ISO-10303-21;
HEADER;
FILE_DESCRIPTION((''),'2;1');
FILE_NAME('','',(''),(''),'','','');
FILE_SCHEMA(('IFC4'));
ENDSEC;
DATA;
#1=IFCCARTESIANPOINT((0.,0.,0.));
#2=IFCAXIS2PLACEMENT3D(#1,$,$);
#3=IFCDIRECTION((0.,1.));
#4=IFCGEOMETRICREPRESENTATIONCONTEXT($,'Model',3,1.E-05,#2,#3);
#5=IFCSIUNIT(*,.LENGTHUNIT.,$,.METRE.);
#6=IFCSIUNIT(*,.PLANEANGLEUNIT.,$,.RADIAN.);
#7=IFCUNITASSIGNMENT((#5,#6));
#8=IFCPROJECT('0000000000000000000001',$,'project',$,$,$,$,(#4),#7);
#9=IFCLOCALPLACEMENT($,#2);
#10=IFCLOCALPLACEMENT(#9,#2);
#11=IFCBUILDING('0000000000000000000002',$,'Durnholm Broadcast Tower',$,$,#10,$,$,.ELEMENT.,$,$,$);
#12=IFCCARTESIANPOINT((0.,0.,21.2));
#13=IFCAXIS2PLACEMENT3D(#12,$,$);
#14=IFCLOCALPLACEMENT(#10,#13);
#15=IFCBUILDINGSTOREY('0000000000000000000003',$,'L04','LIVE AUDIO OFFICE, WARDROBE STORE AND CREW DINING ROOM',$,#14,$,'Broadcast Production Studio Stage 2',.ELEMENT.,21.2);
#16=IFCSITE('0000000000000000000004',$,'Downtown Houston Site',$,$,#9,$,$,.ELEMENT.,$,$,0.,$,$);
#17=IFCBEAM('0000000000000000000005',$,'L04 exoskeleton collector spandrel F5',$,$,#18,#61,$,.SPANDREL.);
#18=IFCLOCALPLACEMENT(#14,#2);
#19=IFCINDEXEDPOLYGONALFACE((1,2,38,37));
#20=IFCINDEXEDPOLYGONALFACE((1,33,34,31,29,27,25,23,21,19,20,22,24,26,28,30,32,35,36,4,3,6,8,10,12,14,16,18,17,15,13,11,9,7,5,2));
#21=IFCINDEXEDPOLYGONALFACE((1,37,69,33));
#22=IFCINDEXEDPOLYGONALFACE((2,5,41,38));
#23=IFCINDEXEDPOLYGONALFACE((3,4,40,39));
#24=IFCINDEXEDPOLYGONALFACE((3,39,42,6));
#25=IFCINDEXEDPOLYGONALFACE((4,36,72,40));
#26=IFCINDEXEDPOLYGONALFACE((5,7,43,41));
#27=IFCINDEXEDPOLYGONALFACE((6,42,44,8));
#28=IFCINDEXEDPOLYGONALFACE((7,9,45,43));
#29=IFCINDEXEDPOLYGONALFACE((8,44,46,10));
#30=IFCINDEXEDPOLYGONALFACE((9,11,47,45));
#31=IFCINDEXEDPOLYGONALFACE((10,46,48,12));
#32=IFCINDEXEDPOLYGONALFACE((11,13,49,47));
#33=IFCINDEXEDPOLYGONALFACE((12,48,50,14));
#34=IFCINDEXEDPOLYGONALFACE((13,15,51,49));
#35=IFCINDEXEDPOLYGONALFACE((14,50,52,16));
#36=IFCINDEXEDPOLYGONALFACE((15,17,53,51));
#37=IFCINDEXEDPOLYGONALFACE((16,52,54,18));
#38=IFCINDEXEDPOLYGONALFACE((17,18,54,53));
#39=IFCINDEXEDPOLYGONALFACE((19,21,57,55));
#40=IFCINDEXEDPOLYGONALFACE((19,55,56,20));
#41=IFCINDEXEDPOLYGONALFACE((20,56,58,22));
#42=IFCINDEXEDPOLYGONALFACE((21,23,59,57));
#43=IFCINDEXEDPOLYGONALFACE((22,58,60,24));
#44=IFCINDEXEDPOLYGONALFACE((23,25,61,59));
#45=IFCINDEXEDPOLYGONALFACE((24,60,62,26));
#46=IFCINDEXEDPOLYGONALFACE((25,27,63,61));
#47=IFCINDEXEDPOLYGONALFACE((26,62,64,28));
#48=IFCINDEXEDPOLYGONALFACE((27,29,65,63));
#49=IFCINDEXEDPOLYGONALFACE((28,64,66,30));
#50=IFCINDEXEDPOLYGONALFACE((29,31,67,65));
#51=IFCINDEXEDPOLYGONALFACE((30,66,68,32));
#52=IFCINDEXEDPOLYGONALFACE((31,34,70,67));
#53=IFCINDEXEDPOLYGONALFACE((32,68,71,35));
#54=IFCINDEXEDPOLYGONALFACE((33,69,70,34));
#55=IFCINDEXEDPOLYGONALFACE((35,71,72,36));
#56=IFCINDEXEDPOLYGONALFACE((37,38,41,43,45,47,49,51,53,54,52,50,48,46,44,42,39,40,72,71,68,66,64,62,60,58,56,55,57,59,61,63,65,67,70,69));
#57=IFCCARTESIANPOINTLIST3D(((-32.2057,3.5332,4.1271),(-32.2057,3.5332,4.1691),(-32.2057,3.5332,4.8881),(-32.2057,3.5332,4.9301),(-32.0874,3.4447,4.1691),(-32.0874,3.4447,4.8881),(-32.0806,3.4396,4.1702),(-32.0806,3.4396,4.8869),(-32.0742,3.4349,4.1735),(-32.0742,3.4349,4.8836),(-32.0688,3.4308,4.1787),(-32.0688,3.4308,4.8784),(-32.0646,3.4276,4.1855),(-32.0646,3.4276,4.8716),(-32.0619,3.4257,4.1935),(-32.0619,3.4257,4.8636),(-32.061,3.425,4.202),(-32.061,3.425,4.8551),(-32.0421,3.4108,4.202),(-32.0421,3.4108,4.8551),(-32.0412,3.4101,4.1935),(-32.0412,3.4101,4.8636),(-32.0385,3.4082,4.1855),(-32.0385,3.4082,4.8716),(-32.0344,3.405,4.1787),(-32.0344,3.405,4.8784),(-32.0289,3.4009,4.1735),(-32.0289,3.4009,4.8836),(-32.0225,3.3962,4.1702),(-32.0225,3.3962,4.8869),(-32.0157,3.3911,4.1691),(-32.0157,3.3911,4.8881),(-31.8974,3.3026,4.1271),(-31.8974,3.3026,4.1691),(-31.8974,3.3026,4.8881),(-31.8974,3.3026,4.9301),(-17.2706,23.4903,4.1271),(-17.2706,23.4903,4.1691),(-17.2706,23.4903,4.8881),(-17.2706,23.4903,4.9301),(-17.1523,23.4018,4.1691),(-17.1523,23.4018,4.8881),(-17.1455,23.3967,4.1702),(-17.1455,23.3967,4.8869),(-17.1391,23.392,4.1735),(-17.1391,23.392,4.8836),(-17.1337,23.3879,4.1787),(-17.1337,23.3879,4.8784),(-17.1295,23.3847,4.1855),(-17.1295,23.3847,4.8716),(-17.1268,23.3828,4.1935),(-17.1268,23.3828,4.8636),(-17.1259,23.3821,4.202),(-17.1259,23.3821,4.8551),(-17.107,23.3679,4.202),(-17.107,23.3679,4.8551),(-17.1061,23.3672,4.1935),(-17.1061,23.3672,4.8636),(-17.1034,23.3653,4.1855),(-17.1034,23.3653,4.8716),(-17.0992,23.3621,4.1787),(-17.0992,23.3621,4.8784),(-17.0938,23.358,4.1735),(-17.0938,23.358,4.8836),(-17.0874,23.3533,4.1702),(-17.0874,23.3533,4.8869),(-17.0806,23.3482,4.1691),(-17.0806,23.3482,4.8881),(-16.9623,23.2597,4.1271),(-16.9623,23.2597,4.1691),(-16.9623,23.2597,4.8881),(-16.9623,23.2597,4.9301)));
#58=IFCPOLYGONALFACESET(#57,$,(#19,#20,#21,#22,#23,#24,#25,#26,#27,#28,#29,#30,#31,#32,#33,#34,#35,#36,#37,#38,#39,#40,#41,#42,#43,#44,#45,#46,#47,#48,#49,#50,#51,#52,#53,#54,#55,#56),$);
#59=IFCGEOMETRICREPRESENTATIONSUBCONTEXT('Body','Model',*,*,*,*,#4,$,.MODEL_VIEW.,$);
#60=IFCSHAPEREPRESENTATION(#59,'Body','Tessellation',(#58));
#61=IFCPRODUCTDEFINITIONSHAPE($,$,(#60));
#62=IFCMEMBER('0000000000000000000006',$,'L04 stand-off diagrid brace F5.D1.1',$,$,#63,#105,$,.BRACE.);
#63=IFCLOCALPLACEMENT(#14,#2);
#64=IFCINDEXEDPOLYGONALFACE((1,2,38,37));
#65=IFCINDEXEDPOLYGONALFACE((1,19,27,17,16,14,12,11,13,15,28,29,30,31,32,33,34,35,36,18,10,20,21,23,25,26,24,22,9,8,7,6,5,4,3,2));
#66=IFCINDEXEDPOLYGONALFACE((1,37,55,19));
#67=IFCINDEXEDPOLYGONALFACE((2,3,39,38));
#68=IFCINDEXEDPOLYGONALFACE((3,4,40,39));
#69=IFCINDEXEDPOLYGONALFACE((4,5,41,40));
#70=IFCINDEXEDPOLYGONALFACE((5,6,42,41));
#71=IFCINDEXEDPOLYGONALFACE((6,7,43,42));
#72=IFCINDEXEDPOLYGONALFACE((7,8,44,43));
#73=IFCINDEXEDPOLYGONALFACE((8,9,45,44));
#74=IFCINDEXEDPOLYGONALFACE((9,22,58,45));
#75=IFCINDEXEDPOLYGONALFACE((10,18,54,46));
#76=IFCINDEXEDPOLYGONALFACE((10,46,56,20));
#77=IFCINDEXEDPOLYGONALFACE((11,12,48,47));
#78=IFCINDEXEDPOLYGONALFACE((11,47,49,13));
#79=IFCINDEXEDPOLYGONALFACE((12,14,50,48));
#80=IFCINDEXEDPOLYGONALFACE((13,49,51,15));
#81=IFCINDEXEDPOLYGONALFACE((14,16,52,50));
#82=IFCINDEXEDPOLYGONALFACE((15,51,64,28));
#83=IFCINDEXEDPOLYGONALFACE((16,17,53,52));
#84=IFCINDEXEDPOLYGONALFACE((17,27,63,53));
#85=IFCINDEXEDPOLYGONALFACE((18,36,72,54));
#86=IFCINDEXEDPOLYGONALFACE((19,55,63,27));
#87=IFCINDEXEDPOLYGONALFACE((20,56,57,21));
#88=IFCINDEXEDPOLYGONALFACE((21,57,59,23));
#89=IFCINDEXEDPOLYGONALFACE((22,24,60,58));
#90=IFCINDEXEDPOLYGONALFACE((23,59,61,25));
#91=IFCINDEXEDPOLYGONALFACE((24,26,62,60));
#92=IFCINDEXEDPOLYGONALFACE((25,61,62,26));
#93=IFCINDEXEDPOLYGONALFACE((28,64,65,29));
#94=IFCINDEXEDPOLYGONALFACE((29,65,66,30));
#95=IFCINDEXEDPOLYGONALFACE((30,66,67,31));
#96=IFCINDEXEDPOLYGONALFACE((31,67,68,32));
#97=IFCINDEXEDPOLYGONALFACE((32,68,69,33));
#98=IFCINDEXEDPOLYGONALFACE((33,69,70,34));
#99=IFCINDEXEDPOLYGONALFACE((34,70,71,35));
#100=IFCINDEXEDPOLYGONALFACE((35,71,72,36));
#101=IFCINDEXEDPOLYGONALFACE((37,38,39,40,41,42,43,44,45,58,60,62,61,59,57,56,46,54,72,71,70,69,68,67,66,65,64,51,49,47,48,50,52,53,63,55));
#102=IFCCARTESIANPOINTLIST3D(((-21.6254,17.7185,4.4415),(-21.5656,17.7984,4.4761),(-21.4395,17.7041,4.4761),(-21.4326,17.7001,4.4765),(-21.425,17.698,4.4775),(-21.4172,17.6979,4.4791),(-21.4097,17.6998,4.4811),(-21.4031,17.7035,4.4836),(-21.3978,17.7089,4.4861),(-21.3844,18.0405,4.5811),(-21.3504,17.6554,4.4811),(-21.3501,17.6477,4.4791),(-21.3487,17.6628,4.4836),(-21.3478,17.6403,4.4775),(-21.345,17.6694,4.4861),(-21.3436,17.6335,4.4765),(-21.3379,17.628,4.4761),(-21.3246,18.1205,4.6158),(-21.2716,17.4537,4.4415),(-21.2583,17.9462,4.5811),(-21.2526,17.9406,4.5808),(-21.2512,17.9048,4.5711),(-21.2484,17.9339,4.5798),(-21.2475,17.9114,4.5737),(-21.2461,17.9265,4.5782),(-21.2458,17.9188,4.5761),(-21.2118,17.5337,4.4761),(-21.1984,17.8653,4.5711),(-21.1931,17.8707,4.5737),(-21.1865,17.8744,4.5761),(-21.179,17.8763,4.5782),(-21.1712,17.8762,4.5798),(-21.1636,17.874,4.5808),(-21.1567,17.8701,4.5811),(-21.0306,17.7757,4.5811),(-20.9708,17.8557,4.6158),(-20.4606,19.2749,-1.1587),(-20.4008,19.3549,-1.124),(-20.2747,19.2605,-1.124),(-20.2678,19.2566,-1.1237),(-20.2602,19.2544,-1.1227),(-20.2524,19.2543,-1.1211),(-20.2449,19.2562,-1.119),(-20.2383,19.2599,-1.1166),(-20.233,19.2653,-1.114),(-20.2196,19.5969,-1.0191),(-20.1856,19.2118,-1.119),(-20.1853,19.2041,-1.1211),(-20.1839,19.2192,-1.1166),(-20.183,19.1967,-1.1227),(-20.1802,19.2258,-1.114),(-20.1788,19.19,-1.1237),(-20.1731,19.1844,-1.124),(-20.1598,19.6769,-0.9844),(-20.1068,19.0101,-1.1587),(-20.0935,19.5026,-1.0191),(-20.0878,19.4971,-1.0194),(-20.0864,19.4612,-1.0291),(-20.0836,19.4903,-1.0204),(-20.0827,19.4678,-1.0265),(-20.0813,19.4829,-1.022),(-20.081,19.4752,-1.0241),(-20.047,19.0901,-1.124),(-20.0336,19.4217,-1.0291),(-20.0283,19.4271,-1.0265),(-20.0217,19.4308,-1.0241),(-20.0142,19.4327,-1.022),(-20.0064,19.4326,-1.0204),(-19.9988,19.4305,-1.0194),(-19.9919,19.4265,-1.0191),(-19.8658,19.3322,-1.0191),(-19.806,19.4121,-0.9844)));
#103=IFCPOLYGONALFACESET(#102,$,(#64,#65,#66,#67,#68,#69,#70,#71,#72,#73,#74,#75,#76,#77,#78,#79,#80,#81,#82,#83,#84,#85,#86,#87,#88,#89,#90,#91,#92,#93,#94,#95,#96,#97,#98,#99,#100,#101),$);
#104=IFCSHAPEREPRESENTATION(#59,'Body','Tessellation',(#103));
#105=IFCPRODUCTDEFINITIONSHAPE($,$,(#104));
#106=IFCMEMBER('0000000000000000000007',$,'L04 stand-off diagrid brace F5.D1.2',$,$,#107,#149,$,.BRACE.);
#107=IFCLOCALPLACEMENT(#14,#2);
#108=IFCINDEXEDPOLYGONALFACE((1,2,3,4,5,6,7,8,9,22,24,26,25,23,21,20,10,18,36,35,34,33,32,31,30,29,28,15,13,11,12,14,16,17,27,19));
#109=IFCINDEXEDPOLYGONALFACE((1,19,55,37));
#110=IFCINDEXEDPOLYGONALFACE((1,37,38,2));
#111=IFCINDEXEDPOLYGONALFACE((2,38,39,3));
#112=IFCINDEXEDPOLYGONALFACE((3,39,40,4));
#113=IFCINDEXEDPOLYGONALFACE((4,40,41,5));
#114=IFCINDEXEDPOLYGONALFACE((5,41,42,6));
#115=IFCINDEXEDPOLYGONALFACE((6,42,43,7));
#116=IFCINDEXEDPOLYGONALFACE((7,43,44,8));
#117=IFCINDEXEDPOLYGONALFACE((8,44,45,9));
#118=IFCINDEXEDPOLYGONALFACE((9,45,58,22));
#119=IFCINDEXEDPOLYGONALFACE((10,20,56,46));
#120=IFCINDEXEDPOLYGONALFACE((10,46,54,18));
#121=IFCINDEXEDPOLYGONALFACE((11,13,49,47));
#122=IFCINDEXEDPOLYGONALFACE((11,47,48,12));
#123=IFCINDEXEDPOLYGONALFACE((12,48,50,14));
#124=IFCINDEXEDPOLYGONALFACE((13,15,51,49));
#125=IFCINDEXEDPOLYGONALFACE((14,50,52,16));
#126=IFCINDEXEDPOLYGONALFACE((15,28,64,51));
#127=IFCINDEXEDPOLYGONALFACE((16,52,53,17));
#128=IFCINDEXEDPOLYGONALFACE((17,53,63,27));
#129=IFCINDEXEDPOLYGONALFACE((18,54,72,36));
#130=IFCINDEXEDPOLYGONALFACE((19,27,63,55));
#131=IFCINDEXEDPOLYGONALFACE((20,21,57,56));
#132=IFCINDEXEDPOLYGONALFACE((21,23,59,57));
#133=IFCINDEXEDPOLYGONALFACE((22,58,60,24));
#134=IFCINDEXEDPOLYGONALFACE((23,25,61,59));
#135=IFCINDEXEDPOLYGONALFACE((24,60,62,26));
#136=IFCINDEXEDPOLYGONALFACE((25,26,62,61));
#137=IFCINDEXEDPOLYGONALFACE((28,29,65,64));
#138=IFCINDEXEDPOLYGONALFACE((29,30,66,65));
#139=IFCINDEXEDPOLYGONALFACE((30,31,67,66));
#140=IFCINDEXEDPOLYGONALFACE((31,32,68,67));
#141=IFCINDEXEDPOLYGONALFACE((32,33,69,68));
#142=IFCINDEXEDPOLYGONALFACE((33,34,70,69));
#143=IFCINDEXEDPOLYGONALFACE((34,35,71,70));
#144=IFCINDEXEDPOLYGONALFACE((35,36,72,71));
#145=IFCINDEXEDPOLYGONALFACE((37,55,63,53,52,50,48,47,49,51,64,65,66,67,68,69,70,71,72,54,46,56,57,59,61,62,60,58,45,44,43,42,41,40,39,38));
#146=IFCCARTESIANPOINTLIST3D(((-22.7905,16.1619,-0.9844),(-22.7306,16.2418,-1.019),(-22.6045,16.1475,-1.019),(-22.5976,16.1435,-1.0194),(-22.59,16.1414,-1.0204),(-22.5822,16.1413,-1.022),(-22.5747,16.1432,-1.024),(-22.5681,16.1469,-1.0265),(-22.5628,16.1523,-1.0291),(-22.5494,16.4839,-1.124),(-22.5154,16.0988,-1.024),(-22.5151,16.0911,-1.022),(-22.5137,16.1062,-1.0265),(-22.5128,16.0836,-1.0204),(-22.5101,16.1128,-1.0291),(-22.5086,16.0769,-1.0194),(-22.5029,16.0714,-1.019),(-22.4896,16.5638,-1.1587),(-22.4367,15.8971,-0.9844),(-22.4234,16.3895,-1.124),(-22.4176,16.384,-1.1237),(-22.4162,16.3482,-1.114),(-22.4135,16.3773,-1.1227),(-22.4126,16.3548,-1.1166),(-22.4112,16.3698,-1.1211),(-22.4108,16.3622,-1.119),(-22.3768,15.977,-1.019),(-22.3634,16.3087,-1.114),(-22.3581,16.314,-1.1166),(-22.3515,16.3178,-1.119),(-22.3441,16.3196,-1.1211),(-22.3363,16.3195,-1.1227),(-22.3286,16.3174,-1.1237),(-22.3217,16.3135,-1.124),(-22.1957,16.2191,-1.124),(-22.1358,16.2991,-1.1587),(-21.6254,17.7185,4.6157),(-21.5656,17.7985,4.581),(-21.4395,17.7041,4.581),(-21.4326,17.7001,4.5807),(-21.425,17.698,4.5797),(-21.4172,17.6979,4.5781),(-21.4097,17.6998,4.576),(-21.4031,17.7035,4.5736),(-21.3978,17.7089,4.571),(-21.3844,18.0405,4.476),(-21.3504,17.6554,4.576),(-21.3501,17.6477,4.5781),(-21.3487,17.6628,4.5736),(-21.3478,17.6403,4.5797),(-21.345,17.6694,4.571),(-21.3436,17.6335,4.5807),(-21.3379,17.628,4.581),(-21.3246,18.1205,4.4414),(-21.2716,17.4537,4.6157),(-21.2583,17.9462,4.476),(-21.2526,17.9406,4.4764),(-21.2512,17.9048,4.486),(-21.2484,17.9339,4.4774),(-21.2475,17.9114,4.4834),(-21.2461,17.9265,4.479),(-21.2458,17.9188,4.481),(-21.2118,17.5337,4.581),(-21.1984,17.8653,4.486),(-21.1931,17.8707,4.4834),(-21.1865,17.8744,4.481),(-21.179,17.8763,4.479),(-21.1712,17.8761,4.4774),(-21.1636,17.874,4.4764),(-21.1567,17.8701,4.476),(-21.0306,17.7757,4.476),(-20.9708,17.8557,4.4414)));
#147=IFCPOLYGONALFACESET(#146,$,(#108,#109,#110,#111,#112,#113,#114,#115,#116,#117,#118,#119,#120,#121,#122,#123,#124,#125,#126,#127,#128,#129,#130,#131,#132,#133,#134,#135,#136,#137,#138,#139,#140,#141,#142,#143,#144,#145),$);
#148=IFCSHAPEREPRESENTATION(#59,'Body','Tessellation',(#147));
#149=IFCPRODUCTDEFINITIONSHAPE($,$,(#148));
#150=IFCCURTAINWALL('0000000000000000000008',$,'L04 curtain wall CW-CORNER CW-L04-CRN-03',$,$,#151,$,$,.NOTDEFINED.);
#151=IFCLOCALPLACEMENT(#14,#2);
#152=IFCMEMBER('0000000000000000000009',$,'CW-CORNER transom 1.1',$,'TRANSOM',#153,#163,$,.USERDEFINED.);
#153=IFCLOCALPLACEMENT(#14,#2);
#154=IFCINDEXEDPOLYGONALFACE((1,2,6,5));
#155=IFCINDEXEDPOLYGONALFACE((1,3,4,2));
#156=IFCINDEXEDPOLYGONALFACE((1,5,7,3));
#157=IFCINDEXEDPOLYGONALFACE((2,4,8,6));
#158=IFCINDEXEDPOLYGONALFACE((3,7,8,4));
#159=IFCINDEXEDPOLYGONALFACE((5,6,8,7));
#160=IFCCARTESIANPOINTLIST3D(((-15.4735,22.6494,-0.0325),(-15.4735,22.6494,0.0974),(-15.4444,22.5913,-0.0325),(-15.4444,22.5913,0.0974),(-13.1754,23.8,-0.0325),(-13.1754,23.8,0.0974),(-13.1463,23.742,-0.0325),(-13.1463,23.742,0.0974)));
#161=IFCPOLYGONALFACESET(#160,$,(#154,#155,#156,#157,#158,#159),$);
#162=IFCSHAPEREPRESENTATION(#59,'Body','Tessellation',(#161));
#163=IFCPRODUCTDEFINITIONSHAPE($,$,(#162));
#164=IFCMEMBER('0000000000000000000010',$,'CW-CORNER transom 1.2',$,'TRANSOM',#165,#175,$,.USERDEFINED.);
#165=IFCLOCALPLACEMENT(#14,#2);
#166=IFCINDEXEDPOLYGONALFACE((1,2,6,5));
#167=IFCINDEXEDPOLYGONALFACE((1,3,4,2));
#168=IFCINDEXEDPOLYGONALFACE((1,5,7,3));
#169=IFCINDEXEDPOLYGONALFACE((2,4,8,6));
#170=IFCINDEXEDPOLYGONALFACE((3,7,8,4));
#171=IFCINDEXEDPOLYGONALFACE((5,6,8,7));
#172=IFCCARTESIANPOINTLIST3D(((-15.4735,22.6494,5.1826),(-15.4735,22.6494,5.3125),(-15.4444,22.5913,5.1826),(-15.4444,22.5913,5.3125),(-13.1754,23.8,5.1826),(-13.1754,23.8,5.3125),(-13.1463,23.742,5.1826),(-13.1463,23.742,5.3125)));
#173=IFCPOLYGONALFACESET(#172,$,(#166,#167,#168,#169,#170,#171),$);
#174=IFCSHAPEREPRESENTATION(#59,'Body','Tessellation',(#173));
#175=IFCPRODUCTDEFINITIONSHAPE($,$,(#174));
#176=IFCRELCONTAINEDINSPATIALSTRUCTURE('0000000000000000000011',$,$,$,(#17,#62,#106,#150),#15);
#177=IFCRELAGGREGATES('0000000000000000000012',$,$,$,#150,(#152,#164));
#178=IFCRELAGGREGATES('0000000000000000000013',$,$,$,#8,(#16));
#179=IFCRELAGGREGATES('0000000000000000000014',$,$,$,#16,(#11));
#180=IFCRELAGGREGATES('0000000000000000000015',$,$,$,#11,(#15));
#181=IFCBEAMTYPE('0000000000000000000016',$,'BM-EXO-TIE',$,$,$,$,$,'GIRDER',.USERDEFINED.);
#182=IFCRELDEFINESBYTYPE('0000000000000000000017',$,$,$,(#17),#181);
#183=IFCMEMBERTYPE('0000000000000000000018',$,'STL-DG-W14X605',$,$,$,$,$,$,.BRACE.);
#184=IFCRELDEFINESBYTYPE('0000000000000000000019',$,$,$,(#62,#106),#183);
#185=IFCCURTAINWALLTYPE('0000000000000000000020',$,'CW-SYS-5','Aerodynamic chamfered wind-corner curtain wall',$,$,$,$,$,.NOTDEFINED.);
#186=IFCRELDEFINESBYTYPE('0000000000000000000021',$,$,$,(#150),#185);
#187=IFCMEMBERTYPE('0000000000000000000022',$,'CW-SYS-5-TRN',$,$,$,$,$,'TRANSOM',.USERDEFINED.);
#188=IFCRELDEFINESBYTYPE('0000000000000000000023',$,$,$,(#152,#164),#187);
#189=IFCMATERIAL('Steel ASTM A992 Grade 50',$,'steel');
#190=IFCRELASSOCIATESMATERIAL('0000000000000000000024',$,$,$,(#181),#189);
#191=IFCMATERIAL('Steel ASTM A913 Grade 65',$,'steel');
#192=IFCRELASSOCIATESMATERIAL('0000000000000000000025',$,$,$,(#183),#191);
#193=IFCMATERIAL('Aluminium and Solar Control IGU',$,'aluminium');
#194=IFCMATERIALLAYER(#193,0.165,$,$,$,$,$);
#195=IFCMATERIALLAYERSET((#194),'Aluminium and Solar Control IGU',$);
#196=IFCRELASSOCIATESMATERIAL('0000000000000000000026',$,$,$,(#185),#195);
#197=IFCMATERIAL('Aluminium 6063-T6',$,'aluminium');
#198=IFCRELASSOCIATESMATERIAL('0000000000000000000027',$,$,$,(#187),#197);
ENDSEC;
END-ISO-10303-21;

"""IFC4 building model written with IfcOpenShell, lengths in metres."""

from ifc_helpers import new_model, si_unit, direction, frame, origin, origin_2d, place, context, subcontext, project, spatial, rectangle, i_section, extrude, source, transform, mapped, material, layer, layer_set, material_profile, profile_set, type_object, type_shapes, element, aggregate, save


model = new_model("IFC4")

# Units and contexts
model_context = context("Model", 3, precision=1e-05, world=origin(), true_north=direction((0.0, 1.0)))
body_context = subcontext(model_context, "Body", "Model", "MODEL_VIEW")
ifc_project = project(units=[si_unit("LENGTHUNIT", "METRE"), si_unit("PLANEANGLEUNIT", "RADIAN")], contexts=[model_context])

# Site, building, storey
site_placement = place(None, origin())
site = spatial("IfcSite", under=ifc_project, at=site_placement, Name="Downtown Houston Site", CompositionType="ELEMENT", RefElevation=0.0)
building_placement = place(site_placement, origin())
building = spatial("IfcBuilding", under=site, at=building_placement, Name="Durnholm Broadcast Tower", CompositionType="ELEMENT")
storey_placement = place(building_placement, frame((0.0, 0.0, 21.2)))
storey = spatial("IfcBuildingStorey", under=building, at=storey_placement, Name="L04", Description="LIVE AUDIO OFFICE, WARDROBE STORE AND CREW DINING ROOM", LongName="Broadcast Production Studio Stage 2", CompositionType="ELEMENT", Elevation=21.2)

# Shared definitions
ifc_material_1 = material(Name="Steel ASTM A913 Grade 65", Category="steel")

# Beam
ifc_material_2 = material(Name="Steel ASTM A992 Grade 50", Category="steel")
ifc_material_profile_1 = material_profile(ifc_material_2, i_section(OverallWidth=0.385, OverallDepth=0.803, WebThickness=0.0237, FlangeThickness=0.042, FilletRadius=0.033, at=origin_2d()), Name="W30X261")
ifc_profile_set_1 = profile_set([ifc_material_profile_1], Name="Steel ASTM A992 Grade 50")
beam_type_1 = type_object("IfcBeamType", Name="BM-EXO-TIE", ElementType="GIRDER", PredefinedType="USERDEFINED", material=ifc_profile_set_1)
shared_shape_1 = source(origin(), body_context, "Body", "SweptSolid", [
    extrude(i_section(OverallWidth=0.385, OverallDepth=0.803, WebThickness=0.0237, FlangeThickness=0.042, FilletRadius=0.033, at=origin_2d()), origin(), (0.0, 0.0, 1.0), 24.9268),
])
beam_1_placement = place(storey_placement, frame((-17.1165, 23.375, 4.5286), z_axis=(-0.59916, -0.80063, 0.0), x_axis=(0.80063, -0.59916, 0.0)))
element("IfcBeam", 1, at=beam_1_placement, inside=storey, type_object=beam_type_1, Name="L04 exoskeleton collector spandrel F5", PredefinedType="SPANDREL", context=body_context, shape_type="MappedRepresentation", body=[
    mapped(shared_shape_1, transform((0.0, 0.0, 0.0), x_axis=(1.0, 0.0, 0.0), y_axis=(0.0, 1.0, 0.0), z_axis=(0.0, 0.0, 1.0), scale=1.0)),
])

# Members
ifc_material_profile_2 = material_profile(ifc_material_1, i_section(OverallWidth=0.4419, OverallDepth=0.5315, WebThickness=0.0659, FlangeThickness=0.1057, FilletRadius=0.0305, at=origin_2d()), Name="W14X605")
ifc_profile_set_2 = profile_set([ifc_material_profile_2], Name="Steel ASTM A913 Grade 65")
member_type_1 = type_object("IfcMemberType", Name="STL-DG-W14X605", PredefinedType="BRACE", material=ifc_profile_set_2)
shared_shape_2 = source(origin(), body_context, "Body", "SweptSolid", [
    extrude(i_section(OverallWidth=0.4419, OverallDepth=0.5315, WebThickness=0.0659, FlangeThickness=0.1057, FilletRadius=0.0305, at=origin_2d()), origin(), (0.0, 0.0, 1.0), 5.928),
])
type_shapes(member_type_1, [shared_shape_2])
for number, where, z_axis, x_axis, name in (
    (2, (-20.1333, 19.3435, -1.0715), (-0.196493, -0.262554, 0.944699), (0.800617, -0.599176, 0.0), "L04 stand-off diagrid brace F5.D1.1"),
    (3, (-22.4631, 16.2305, -1.0715), (0.196531, 0.26259, 0.944681), (-0.800602, 0.599196, 0.0), "L04 stand-off diagrid brace F5.D1.2"),
):
    element("IfcMember", number, at=place(storey_placement, frame(where, z_axis=z_axis, x_axis=x_axis)), inside=storey, type_object=member_type_1, Name=name, PredefinedType="BRACE", context=body_context, shape_type="MappedRepresentation", body=[
        mapped(shared_shape_2, transform((0.0, 0.0, 0.0), x_axis=(1.0, 0.0, 0.0), y_axis=(0.0, 1.0, 0.0), z_axis=(0.0, 0.0, 1.0), scale=1.0)),
    ])

# Curtain wall, members
ifc_material_3 = material(Name="Aluminium and Solar Control IGU", Category="aluminium")
ifc_layer_1 = layer(ifc_material_3, 0.165)
ifc_layer_set_1 = layer_set([ifc_layer_1], Name="Aluminium and Solar Control IGU")
curtain_wall_type_1 = type_object("IfcCurtainWallType", Name="CW-SYS-5", Description="Aerodynamic chamfered wind-corner curtain wall", PredefinedType="NOTDEFINED", material=ifc_layer_set_1)
curtain_wall_1_placement = place(storey_placement, origin())
curtain_wall_1 = element("IfcCurtainWall", 4, at=curtain_wall_1_placement, inside=storey, type_object=curtain_wall_type_1, Name="L04 curtain wall CW-CORNER CW-L04-CRN-03", PredefinedType="NOTDEFINED")
ifc_material_4 = material(Name="Aluminium 6063-T6", Category="aluminium")
ifc_material_profile_3 = material_profile(ifc_material_4, rectangle(XDim=0.0649, YDim=0.1299, at=origin_2d()), Name="CWT65X130")
ifc_profile_set_3 = profile_set([ifc_material_profile_3], Name="Aluminium 6063-T6")
member_type_2 = type_object("IfcMemberType", Name="CW-SYS-5-TRN", ElementType="TRANSOM", PredefinedType="USERDEFINED", material=ifc_profile_set_3)
shared_shape_3 = source(origin(), body_context, "Body", "SweptSolid", [
    extrude(rectangle(XDim=0.0649, YDim=0.1299, at=origin_2d()), origin(), (0.0, 0.0, 1.0), 2.5701),
])
type_shapes(member_type_2, [shared_shape_3])
member_1_placement = place(storey_placement, frame((-15.459, 22.6204, 0.0325), z_axis=(0.89418, 0.447707, 0.0), x_axis=(-0.447707, 0.89418, 0.0)))
member_1 = element("IfcMember", 5, at=member_1_placement, type_object=member_type_2, Name="CW-CORNER transom 1.1", ObjectType="TRANSOM", PredefinedType="USERDEFINED", context=body_context, shape_type="MappedRepresentation", body=[
    mapped(shared_shape_3, transform((0.0, 0.0, 0.0), x_axis=(1.0, 0.0, 0.0), y_axis=(0.0, 1.0, 0.0), z_axis=(0.0, 0.0, 1.0), scale=1.0)),
])
member_2_placement = place(storey_placement, frame((-15.459, 22.6204, 5.2476), z_axis=(0.89418, 0.447707, 0.0), x_axis=(-0.447707, 0.89418, 0.0)))
member_2 = element("IfcMember", 6, at=member_2_placement, type_object=member_type_2, Name="CW-CORNER transom 1.2", ObjectType="TRANSOM", PredefinedType="USERDEFINED", context=body_context, shape_type="MappedRepresentation", body=[
    mapped(shared_shape_3, transform((0.0, 0.0, 0.0), x_axis=(1.0, 0.0, 0.0), y_axis=(0.0, 1.0, 0.0), z_axis=(0.0, 0.0, 1.0), scale=1.0)),
])

aggregate(curtain_wall_1, [member_1, member_2])

save(model, "model.ifc")
